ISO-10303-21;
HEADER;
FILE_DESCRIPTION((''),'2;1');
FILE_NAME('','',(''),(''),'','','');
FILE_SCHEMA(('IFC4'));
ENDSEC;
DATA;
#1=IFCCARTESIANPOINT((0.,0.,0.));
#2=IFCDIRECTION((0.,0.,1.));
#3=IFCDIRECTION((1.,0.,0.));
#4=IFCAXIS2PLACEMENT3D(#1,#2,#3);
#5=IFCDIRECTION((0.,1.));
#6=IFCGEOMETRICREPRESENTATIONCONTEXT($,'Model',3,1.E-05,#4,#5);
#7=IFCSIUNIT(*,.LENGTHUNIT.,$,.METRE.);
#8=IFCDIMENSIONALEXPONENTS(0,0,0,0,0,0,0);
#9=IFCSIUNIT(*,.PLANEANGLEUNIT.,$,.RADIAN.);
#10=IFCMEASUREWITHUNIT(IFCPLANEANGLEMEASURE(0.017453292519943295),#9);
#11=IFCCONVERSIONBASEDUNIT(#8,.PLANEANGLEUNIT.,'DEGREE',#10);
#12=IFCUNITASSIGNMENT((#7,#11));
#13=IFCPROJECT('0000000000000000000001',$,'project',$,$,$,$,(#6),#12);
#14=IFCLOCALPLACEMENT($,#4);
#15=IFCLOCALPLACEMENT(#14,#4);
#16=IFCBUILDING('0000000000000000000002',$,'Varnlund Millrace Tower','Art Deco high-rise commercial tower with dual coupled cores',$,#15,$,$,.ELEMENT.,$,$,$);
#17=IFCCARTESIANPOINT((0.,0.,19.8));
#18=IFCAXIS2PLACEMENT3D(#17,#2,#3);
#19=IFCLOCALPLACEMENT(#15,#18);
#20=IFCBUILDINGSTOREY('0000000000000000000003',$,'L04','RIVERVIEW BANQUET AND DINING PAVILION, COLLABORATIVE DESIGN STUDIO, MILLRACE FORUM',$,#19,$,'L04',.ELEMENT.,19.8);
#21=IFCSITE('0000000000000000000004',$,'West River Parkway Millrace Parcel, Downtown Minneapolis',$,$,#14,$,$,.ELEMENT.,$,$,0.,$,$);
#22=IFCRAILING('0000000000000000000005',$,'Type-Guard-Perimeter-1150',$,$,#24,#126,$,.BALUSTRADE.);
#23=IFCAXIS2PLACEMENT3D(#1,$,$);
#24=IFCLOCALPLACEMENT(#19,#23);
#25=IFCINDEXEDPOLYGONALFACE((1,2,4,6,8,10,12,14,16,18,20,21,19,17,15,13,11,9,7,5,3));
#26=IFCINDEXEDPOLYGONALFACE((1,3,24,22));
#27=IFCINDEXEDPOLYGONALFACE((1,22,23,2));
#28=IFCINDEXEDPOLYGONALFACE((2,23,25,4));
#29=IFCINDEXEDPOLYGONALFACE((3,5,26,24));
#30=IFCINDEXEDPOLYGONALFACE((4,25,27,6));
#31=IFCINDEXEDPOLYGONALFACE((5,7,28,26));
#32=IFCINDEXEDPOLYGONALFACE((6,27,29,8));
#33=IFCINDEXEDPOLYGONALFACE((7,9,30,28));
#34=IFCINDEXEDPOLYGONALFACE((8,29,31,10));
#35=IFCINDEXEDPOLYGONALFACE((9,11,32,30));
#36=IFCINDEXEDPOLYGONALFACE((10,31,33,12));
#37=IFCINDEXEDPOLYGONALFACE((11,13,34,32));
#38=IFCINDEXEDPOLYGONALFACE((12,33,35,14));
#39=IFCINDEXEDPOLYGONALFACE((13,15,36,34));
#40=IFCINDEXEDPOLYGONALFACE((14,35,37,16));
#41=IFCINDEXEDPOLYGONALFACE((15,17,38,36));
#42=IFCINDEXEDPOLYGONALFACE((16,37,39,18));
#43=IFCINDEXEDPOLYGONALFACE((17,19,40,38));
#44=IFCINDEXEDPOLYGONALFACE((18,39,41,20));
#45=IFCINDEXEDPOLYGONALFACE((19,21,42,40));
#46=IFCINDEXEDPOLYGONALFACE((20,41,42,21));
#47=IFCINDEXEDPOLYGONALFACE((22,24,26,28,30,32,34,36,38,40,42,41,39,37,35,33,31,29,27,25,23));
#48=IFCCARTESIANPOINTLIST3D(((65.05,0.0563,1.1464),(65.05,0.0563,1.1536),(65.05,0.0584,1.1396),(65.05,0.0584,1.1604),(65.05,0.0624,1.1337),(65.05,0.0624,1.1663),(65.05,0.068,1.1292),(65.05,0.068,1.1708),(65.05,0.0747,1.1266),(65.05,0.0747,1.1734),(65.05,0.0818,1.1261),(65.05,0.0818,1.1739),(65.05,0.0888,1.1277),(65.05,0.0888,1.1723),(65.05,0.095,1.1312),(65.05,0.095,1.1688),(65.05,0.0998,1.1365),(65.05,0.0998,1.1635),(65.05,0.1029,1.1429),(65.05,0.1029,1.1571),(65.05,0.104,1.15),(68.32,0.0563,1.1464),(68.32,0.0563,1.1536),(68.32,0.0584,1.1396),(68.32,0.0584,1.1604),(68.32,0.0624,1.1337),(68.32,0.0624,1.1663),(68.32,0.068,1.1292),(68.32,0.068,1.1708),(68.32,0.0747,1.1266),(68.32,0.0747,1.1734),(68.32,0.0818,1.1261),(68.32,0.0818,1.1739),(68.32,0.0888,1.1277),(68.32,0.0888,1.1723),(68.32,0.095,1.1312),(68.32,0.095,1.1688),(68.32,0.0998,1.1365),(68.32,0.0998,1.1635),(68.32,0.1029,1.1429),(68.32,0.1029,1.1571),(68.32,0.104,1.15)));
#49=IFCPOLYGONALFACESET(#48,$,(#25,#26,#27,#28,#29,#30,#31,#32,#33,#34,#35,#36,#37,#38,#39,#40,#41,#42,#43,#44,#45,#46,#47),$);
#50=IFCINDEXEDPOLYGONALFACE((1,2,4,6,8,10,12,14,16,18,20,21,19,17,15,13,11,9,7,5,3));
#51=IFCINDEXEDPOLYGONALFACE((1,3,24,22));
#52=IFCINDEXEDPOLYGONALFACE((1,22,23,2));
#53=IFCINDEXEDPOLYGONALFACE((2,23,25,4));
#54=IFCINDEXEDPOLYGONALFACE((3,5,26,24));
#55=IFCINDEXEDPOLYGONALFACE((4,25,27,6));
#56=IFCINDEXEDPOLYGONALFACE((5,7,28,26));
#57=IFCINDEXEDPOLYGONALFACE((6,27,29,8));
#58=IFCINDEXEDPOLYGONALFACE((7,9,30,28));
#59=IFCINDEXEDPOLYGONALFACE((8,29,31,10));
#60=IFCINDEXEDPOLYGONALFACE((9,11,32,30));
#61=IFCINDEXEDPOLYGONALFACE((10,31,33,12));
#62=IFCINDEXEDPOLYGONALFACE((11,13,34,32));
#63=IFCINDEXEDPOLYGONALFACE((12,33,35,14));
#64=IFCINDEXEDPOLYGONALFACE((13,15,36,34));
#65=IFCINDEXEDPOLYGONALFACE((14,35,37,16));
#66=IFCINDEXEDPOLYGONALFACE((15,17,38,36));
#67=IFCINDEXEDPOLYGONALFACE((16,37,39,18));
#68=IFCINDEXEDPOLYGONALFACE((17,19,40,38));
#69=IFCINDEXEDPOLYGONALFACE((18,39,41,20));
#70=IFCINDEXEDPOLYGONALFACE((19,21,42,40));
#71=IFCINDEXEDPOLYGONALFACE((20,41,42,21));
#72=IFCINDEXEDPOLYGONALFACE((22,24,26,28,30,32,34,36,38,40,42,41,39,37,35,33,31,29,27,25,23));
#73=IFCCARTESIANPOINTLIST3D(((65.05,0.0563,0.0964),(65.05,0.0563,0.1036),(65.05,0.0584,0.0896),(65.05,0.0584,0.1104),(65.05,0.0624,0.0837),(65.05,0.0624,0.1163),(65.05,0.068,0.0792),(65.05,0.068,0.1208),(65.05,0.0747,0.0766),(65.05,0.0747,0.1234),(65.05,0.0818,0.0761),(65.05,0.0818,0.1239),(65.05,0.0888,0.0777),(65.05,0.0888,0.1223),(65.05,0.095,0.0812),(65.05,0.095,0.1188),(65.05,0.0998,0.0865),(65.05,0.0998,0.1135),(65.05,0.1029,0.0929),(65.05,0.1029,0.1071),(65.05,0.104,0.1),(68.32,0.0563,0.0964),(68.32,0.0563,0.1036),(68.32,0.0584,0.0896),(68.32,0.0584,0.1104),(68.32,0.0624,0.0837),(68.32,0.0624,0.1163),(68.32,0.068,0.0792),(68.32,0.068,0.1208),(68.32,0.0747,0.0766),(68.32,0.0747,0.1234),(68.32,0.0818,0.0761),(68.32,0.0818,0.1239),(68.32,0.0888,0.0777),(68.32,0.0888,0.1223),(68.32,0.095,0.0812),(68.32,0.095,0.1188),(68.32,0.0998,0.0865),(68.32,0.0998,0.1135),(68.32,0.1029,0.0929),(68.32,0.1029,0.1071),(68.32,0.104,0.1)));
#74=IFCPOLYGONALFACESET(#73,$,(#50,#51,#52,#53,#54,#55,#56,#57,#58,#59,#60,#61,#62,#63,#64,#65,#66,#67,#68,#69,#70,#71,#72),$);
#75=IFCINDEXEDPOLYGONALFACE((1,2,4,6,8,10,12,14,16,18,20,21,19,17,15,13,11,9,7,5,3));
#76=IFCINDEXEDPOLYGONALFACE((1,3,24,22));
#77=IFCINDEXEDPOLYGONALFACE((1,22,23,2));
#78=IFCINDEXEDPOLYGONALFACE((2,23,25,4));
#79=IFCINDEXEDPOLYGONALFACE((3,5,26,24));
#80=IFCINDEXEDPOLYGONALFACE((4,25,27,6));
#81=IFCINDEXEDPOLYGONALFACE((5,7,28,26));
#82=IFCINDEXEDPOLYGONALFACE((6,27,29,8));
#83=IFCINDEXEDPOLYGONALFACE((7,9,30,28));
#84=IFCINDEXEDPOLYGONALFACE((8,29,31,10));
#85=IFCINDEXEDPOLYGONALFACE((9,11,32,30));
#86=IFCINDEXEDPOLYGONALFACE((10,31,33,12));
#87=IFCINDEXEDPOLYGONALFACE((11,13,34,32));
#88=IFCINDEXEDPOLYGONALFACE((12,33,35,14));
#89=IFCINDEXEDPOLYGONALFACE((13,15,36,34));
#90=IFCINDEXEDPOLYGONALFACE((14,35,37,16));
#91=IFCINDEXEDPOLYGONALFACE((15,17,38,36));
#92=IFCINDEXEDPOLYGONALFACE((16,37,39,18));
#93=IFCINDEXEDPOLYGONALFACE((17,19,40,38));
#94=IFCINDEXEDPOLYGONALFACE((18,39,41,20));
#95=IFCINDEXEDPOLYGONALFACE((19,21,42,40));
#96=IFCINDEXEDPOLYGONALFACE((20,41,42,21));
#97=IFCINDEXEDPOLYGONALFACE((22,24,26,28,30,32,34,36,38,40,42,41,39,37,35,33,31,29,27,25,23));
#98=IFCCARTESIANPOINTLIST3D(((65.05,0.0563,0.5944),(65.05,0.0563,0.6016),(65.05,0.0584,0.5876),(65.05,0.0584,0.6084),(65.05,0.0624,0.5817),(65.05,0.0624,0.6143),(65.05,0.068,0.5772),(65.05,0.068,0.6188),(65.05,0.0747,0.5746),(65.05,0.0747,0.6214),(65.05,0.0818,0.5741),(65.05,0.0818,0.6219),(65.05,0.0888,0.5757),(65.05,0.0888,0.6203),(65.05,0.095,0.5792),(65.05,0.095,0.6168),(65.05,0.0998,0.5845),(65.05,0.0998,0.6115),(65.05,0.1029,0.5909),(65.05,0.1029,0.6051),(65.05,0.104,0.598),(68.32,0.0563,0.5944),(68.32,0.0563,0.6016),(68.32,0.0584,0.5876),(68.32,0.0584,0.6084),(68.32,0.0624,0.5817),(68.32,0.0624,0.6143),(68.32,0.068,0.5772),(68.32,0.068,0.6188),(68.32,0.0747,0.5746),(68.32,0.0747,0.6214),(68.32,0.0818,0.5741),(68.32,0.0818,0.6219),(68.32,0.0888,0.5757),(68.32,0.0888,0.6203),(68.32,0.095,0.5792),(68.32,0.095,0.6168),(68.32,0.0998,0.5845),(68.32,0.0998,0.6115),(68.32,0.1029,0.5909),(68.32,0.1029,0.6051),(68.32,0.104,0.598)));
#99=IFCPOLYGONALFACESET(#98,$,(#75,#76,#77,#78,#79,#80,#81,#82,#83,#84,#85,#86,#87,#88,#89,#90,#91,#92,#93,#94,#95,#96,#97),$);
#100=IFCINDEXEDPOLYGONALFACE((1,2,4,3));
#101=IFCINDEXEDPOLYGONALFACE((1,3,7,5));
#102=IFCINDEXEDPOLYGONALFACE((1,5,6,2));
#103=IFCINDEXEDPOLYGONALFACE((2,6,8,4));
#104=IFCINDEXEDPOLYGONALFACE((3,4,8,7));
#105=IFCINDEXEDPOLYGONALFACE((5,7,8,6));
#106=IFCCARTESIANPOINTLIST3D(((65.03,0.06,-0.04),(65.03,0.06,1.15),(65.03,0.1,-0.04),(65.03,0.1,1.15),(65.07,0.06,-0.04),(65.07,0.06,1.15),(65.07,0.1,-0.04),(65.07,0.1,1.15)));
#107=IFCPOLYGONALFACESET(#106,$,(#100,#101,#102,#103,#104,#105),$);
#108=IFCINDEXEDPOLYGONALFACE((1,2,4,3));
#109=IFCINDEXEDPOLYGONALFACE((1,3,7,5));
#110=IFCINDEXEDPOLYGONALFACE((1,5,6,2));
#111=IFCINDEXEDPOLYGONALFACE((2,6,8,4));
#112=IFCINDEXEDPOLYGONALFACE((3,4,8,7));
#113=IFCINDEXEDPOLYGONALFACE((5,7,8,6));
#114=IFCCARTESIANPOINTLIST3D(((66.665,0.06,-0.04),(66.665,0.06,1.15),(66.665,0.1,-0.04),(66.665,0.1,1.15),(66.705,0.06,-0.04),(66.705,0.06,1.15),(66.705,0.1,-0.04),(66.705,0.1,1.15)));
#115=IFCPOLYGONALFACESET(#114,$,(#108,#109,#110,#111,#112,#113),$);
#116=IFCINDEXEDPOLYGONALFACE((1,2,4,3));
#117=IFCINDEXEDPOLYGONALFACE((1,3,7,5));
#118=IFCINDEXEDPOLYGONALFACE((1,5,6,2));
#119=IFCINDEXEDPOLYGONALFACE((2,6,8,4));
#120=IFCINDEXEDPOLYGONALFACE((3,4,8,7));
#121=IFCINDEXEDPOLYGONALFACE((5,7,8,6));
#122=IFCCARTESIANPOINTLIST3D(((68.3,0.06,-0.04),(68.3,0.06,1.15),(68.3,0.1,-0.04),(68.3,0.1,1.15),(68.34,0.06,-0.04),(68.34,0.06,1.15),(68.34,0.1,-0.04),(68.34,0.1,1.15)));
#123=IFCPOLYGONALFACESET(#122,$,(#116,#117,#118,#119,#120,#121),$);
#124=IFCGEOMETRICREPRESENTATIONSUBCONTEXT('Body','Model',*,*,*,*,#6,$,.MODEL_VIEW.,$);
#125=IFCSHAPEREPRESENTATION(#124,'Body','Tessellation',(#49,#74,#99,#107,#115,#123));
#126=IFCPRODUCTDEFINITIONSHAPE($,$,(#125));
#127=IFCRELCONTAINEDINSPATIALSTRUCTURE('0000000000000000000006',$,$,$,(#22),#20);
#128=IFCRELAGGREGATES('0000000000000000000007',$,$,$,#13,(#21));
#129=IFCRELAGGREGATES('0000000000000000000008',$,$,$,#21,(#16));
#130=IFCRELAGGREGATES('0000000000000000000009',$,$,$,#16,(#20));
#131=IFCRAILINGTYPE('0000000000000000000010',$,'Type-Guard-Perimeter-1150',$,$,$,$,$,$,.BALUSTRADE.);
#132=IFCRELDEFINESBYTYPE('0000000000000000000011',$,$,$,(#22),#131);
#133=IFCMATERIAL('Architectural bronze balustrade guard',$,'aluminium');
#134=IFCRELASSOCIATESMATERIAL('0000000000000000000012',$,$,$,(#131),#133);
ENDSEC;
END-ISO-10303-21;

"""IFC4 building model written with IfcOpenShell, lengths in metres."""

from ifc_helpers import new_model, entity, si_unit, converted_unit, direction, frame, origin_with_axes, origin_2d_with_axis, place, context, subcontext, project, spatial, rectangle, circle, extrude, material, type_object, element, save


model = new_model("IFC4")

# Units and contexts
model_context = context("Model", 3, precision=1e-05, world=origin_with_axes(), true_north=direction((0.0, 1.0)))
body_context = subcontext(model_context, "Body", "Model", "MODEL_VIEW")
ifc_project = project(units=[si_unit("LENGTHUNIT", "METRE"), converted_unit("PLANEANGLEUNIT", "DEGREE", entity("IfcPlaneAngleMeasure", 0.017453292519943295), si_unit("PLANEANGLEUNIT", "RADIAN"), dimensions=[0, 0, 0, 0, 0, 0, 0])], contexts=[model_context])

# Site, building, storey
site_placement = place(None, origin_with_axes())
site = spatial("IfcSite", under=ifc_project, at=site_placement, Name="West River Parkway Millrace Parcel, Downtown Minneapolis", CompositionType="ELEMENT", RefElevation=0.0)
building_placement = place(site_placement, origin_with_axes())
building = spatial("IfcBuilding", under=site, at=building_placement, Name="Varnlund Millrace Tower", Description="Art Deco high-rise commercial tower with dual coupled cores", CompositionType="ELEMENT")
storey_placement = place(building_placement, frame((0.0, 0.0, 19.8), z_axis=(0.0, 0.0, 1.0), x_axis=(1.0, 0.0, 0.0)))
storey = spatial("IfcBuildingStorey", under=building, at=storey_placement, Name="L04", Description="RIVERVIEW BANQUET AND DINING PAVILION, COLLABORATIVE DESIGN STUDIO, MILLRACE FORUM", LongName="L04", CompositionType="ELEMENT", Elevation=19.8)

# Railing
ifc_material_1 = material(Name="Architectural bronze balustrade guard", Category="aluminium")
railing_type_1 = type_object("IfcRailingType", Name="Type-Guard-Perimeter-1150", PredefinedType="BALUSTRADE", material=ifc_material_1)
railing_1_placement = place(storey_placement, frame((0.0, 0.0, -19.8), z_axis=(0.0, 0.0, 1.0), x_axis=(1.0, 0.0, 0.0)))
element("IfcRailing", 1, at=railing_1_placement, inside=storey, type_object=railing_type_1, Name="Type-Guard-Perimeter-1150", PredefinedType="BALUSTRADE", context=body_context, shape_type="SweptSolid", body=[
    extrude(circle(Radius=0.024, at=origin_2d_with_axis()), frame((65.05, 0.08, 20.95), z_axis=(1.0, 0.0, 0.0), x_axis=(0.0, 1.0, 0.0)), (0.0, 0.0, 1.0), 3.27),
    extrude(circle(Radius=0.024, at=origin_2d_with_axis()), frame((65.05, 0.08, 19.9), z_axis=(1.0, 0.0, 0.0), x_axis=(0.0, 1.0, 0.0)), (0.0, 0.0, 1.0), 3.27),
    extrude(circle(Radius=0.024, at=origin_2d_with_axis()), frame((65.05, 0.08, 20.398), z_axis=(1.0, 0.0, 0.0), x_axis=(0.0, 1.0, 0.0)), (0.0, 0.0, 1.0), 3.27),
    extrude(rectangle(XDim=0.04, YDim=0.04, at=origin_2d_with_axis()), frame((65.05, 0.08, 19.76), z_axis=(0.0, 0.0, 1.0), x_axis=(1.0, 0.0, 0.0)), (0.0, 0.0, 1.0), 1.19),
    extrude(rectangle(XDim=0.04, YDim=0.04, at=origin_2d_with_axis()), frame((66.685, 0.08, 19.76), z_axis=(0.0, 0.0, 1.0), x_axis=(1.0, 0.0, 0.0)), (0.0, 0.0, 1.0), 1.19),
    extrude(rectangle(XDim=0.04, YDim=0.04, at=origin_2d_with_axis()), frame((68.32, 0.08, 19.76), z_axis=(0.0, 0.0, 1.0), x_axis=(1.0, 0.0, 0.0)), (0.0, 0.0, 1.0), 1.19),
])

save(model, "model.ifc")
